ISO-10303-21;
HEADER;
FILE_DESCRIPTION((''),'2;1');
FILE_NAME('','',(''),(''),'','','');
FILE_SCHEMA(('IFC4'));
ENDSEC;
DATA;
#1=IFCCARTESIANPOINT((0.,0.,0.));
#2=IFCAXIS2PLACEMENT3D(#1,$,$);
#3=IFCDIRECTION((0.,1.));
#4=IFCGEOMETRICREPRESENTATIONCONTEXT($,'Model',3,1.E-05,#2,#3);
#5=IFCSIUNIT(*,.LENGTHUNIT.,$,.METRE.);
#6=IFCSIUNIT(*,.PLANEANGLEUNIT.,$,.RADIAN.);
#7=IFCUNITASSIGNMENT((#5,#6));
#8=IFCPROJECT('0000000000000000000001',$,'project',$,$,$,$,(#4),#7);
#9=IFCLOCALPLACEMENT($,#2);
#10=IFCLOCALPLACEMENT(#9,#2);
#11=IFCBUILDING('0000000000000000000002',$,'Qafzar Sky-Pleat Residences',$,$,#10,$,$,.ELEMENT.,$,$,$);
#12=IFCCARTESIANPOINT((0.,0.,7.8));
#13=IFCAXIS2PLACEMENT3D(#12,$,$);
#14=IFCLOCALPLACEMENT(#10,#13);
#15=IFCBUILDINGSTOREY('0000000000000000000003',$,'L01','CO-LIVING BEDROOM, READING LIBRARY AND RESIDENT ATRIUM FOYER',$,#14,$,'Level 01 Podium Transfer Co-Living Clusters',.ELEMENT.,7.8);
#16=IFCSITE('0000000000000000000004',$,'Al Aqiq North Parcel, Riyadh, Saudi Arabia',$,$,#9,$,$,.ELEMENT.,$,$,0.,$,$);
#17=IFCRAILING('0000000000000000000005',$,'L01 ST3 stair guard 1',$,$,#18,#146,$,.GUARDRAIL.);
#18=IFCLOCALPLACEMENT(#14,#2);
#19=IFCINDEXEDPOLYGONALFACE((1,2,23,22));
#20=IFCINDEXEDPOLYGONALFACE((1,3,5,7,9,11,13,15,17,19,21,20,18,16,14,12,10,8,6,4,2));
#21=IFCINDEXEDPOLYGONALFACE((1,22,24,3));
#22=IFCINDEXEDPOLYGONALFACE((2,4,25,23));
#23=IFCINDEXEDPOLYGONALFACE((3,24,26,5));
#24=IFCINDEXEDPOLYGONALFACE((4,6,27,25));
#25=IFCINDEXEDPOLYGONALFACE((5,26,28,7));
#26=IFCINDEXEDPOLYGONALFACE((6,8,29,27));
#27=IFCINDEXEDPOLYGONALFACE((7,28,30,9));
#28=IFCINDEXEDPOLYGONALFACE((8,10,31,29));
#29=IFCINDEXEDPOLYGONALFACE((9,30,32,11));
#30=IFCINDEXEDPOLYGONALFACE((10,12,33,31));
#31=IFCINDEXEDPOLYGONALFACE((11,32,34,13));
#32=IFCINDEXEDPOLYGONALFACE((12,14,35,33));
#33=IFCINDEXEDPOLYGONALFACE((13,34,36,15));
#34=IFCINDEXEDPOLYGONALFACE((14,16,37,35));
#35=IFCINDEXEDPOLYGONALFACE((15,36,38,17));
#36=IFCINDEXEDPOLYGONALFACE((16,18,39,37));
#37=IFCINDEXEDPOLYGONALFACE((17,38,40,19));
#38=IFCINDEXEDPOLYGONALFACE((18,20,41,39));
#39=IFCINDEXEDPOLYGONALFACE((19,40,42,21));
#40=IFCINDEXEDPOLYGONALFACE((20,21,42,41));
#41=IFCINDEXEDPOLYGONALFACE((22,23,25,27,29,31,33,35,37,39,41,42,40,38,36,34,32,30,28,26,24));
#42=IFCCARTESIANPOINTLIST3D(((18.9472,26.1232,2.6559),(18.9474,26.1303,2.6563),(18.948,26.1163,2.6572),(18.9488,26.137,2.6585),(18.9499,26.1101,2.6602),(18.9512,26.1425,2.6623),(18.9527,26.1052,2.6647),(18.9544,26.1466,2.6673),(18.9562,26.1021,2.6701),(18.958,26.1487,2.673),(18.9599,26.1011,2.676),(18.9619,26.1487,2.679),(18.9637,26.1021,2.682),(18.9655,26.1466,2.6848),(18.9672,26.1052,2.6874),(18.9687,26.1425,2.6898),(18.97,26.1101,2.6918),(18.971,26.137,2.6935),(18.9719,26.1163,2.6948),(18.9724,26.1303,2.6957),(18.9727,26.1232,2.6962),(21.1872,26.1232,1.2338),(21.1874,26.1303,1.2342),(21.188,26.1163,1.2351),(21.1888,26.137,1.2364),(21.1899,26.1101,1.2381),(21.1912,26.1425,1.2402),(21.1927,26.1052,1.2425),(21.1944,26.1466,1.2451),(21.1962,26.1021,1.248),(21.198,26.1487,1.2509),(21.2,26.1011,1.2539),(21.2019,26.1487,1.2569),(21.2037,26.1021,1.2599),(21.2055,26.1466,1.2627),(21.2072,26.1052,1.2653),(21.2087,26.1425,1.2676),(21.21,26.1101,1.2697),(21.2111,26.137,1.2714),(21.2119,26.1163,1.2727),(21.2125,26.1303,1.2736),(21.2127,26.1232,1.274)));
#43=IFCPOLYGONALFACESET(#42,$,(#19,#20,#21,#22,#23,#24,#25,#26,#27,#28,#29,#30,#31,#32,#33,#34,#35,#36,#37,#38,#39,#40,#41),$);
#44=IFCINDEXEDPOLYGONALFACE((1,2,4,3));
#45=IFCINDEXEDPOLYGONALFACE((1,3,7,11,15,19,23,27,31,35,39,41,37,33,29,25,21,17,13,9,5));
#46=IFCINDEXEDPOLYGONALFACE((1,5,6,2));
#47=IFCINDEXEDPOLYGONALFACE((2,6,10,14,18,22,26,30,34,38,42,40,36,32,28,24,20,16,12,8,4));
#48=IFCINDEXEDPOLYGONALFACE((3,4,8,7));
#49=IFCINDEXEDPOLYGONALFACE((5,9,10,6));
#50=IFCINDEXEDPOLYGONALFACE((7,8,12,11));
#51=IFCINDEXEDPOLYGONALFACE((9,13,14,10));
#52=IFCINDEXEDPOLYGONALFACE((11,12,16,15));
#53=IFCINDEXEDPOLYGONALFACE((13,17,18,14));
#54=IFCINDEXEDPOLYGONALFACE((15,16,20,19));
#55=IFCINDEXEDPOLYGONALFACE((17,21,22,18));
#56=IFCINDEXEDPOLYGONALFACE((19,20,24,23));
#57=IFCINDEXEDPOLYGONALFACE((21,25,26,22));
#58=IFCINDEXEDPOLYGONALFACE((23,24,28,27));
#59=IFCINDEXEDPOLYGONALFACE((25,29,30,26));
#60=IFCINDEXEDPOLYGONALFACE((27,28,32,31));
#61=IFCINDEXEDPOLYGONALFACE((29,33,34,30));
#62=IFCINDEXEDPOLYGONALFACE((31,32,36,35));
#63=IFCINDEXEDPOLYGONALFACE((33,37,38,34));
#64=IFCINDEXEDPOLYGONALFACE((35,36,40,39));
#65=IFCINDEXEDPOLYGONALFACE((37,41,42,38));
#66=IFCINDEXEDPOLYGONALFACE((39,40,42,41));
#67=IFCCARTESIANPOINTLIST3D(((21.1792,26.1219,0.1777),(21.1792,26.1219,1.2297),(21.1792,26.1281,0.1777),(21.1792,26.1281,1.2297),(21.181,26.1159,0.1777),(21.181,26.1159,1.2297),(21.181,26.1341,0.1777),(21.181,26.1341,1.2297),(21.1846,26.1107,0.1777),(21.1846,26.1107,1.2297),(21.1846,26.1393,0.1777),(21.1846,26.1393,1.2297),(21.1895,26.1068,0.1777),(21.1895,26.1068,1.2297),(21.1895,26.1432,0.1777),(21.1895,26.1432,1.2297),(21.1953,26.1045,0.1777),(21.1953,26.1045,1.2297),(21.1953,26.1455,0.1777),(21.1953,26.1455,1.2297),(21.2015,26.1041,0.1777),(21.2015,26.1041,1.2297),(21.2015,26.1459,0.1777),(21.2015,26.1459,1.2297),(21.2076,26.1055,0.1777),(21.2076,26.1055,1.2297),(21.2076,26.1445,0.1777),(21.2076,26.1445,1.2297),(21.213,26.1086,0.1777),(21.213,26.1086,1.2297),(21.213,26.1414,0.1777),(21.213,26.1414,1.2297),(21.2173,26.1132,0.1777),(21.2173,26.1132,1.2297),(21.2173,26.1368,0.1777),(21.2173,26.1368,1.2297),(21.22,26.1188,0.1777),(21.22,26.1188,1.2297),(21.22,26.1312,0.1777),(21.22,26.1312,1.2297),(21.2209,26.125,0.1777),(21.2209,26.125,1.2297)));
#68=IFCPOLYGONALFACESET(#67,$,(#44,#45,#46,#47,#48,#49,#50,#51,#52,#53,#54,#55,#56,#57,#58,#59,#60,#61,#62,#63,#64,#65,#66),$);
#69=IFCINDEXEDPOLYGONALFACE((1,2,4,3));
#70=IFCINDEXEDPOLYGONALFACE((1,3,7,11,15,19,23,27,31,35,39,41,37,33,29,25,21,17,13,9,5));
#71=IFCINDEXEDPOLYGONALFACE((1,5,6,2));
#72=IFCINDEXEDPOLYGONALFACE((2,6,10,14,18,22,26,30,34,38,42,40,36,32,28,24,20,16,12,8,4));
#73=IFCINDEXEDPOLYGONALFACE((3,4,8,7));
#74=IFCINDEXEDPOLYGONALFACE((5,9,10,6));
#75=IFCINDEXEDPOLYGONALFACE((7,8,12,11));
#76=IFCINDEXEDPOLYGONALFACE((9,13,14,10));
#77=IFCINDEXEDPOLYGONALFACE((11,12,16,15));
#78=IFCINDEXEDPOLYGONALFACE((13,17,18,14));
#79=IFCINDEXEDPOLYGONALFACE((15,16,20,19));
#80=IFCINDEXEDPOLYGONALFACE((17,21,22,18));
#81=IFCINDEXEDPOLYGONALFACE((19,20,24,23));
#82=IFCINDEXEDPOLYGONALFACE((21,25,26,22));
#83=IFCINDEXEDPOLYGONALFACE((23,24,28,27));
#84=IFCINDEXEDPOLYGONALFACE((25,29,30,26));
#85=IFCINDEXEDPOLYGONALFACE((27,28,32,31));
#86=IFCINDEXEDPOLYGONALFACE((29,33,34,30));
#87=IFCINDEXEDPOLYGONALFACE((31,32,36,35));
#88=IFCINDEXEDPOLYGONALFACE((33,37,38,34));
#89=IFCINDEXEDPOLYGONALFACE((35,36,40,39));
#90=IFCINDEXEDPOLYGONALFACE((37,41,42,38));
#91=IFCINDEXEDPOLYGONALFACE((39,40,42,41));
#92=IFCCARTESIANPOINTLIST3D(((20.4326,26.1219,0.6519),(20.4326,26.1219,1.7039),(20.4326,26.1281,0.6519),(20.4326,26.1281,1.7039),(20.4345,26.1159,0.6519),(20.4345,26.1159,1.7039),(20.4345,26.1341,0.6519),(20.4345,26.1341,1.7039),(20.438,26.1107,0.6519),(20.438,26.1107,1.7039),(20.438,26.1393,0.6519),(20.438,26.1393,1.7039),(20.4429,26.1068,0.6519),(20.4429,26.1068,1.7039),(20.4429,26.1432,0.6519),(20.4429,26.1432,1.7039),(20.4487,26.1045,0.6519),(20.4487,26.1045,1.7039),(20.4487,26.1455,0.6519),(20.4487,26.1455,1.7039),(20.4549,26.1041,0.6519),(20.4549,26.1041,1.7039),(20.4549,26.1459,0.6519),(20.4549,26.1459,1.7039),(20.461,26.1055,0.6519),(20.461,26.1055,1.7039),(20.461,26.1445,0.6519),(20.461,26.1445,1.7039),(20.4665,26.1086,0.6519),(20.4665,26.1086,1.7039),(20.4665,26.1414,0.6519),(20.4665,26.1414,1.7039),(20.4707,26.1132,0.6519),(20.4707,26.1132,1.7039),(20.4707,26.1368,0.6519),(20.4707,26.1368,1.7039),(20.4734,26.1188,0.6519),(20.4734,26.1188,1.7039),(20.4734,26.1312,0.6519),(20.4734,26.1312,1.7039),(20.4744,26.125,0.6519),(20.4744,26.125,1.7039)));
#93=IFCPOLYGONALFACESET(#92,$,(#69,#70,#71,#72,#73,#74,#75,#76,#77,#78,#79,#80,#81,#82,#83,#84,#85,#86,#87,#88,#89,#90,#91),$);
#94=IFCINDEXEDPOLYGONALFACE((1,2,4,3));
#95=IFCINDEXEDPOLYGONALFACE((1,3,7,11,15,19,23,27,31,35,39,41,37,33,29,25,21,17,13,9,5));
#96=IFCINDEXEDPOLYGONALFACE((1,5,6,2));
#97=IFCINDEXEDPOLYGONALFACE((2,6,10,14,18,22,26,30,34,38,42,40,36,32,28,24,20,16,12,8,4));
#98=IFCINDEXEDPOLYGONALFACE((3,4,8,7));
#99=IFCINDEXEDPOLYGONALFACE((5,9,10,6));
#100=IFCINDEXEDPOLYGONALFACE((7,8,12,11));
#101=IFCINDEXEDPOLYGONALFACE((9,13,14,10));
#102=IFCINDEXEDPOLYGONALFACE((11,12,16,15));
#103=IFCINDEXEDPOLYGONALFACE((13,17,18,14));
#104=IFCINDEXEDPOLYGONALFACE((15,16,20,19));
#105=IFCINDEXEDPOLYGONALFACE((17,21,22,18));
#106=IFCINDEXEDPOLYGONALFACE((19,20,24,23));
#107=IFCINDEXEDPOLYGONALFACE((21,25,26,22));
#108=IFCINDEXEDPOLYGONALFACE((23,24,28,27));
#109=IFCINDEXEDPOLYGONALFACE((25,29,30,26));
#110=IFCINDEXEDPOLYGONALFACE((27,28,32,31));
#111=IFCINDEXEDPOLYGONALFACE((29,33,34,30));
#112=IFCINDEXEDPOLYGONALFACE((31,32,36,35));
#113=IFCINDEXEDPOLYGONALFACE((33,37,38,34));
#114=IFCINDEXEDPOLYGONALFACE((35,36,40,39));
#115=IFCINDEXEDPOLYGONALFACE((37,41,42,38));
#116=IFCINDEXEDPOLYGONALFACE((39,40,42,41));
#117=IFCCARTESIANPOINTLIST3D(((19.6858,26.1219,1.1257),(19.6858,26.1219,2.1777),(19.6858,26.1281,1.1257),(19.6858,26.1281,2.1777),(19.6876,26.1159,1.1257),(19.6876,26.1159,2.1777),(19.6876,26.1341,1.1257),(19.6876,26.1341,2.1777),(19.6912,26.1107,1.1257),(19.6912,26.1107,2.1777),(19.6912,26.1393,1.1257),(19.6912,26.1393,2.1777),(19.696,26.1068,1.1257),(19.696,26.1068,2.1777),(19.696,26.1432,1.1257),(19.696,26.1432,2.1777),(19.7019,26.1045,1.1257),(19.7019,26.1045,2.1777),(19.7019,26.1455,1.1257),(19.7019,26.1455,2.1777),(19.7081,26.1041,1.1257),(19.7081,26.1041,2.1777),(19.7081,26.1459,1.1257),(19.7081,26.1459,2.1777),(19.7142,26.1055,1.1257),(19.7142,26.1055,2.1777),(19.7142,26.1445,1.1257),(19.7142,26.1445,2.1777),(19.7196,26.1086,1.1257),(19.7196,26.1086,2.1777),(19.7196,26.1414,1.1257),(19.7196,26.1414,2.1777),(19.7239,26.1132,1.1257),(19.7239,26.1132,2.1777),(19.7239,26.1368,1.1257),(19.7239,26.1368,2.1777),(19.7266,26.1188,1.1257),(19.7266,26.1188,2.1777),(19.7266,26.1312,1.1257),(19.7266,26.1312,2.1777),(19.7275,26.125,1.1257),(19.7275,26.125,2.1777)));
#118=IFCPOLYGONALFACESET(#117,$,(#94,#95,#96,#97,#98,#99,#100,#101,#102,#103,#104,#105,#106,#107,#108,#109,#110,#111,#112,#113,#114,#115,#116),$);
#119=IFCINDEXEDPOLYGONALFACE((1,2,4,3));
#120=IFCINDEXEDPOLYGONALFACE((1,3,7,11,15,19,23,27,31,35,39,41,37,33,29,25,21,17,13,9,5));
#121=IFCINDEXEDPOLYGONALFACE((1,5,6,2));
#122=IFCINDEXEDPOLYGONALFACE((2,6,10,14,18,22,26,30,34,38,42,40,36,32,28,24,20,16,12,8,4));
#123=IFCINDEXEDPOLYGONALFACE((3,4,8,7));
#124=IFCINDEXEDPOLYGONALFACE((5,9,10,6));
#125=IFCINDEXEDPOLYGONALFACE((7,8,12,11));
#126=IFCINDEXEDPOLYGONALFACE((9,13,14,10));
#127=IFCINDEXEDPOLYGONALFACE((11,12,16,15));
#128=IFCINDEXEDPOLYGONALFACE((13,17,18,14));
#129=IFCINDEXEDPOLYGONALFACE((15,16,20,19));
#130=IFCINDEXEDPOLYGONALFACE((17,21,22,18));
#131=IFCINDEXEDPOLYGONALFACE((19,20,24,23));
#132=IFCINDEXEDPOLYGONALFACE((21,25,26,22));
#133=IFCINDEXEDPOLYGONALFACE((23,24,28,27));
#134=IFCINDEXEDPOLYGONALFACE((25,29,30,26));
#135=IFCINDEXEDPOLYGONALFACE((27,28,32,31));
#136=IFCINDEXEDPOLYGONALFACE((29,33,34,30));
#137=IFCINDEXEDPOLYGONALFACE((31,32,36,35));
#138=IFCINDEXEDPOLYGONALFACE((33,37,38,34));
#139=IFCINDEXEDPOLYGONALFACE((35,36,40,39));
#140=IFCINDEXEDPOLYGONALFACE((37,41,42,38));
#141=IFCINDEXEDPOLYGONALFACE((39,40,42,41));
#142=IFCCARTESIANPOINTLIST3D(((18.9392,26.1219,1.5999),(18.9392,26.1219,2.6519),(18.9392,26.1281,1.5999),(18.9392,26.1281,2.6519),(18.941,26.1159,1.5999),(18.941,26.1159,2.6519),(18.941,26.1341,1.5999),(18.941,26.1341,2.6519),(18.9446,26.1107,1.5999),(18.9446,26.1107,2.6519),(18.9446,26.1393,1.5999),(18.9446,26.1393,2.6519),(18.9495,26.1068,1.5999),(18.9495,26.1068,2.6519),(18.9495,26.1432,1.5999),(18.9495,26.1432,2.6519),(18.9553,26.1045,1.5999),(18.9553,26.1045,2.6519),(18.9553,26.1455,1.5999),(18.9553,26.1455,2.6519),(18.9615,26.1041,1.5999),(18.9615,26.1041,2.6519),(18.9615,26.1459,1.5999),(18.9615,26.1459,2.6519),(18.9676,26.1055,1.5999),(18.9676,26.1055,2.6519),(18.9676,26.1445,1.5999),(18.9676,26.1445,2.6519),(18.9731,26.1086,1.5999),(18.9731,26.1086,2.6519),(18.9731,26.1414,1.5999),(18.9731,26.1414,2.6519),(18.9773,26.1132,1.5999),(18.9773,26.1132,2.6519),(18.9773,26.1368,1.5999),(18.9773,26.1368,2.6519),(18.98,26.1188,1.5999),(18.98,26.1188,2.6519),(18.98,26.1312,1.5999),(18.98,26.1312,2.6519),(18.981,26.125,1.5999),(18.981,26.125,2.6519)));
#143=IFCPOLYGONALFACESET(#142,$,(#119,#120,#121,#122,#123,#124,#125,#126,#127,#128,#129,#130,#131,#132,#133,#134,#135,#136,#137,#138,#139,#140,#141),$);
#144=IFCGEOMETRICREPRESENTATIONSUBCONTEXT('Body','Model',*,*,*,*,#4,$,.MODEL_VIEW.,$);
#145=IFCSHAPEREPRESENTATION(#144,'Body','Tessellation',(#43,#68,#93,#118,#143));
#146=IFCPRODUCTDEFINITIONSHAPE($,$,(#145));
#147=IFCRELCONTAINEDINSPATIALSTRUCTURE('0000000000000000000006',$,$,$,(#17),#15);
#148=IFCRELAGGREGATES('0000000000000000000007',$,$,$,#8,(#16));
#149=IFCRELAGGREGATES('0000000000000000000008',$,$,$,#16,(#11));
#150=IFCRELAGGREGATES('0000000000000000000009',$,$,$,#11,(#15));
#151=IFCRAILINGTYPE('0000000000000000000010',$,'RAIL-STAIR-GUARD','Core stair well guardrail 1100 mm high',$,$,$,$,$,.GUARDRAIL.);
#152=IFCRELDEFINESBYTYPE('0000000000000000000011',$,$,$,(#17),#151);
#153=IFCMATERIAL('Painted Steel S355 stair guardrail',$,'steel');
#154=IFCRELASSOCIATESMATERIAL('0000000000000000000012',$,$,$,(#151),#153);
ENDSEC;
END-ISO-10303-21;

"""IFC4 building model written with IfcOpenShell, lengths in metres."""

from ifc_helpers import new_model, si_unit, direction, frame, origin, origin_2d, place, context, subcontext, project, spatial, circle, extrude, source, transform, mapped, material, type_object, element, save


model = new_model("IFC4")

# Units and contexts
model_context = context("Model", 3, precision=1e-05, world=origin(), true_north=direction((0.0, 1.0)))
body_context = subcontext(model_context, "Body", "Model", "MODEL_VIEW")
ifc_project = project(units=[si_unit("LENGTHUNIT", "METRE"), si_unit("PLANEANGLEUNIT", "RADIAN")], contexts=[model_context])

# Site, building, storey
site_placement = place(None, origin())
site = spatial("IfcSite", under=ifc_project, at=site_placement, Name="Al Aqiq North Parcel, Riyadh, Saudi Arabia", CompositionType="ELEMENT", RefElevation=0.0)
building_placement = place(site_placement, origin())
building = spatial("IfcBuilding", under=site, at=building_placement, Name="Qafzar Sky-Pleat Residences", CompositionType="ELEMENT")
storey_placement = place(building_placement, frame((0.0, 0.0, 7.8)))
storey = spatial("IfcBuildingStorey", under=building, at=storey_placement, Name="L01", Description="CO-LIVING BEDROOM, READING LIBRARY AND RESIDENT ATRIUM FOYER", LongName="Level 01 Podium Transfer Co-Living Clusters", CompositionType="ELEMENT", Elevation=7.8)

# Railing
ifc_material_1 = material(Name="Painted Steel S355 stair guardrail", Category="steel")
railing_type_1 = type_object("IfcRailingType", Name="RAIL-STAIR-GUARD", Description="Core stair well guardrail 1100 mm high", PredefinedType="GUARDRAIL", material=ifc_material_1)
shared_shape_1 = source(origin(), body_context, "Body", "SweptSolid", [
    extrude(circle(Radius=0.0239, at=origin_2d()), frame((0.0, 0.0, 1.0762), z_axis=(-0.844229, 0.0, 0.535982), x_axis=(0.0, -1.0, 0.0)), (0.0, 0.0, 1.0), 2.6533),
    extrude(circle(Radius=0.021, at=origin_2d()), origin(), (0.0, 0.0, 1.0), 1.052),
    extrude(circle(Radius=0.021, at=origin_2d()), frame((-0.7466, 0.0, 0.4741)), (0.0, 0.0, 1.0), 1.052),
    extrude(circle(Radius=0.021, at=origin_2d()), frame((-1.4934, 0.0, 0.948)), (0.0, 0.0, 1.0), 1.052),
    extrude(circle(Radius=0.021, at=origin_2d()), frame((-2.24, 0.0, 1.4221)), (0.0, 0.0, 1.0), 1.052),
])
railing_1_placement = place(storey_placement, frame((21.2, 26.125, 0.1777)))
element("IfcRailing", 1, at=railing_1_placement, inside=storey, type_object=railing_type_1, Name="L01 ST3 stair guard 1", PredefinedType="GUARDRAIL", context=body_context, shape_type="MappedRepresentation", body=[
    mapped(shared_shape_1, transform((0.0, 0.0, 0.0), x_axis=(1.0, 0.0, 0.0), y_axis=(0.0, 1.0, 0.0), z_axis=(0.0, 0.0, 1.0), scale=1.0)),
])

save(model, "model.ifc")
